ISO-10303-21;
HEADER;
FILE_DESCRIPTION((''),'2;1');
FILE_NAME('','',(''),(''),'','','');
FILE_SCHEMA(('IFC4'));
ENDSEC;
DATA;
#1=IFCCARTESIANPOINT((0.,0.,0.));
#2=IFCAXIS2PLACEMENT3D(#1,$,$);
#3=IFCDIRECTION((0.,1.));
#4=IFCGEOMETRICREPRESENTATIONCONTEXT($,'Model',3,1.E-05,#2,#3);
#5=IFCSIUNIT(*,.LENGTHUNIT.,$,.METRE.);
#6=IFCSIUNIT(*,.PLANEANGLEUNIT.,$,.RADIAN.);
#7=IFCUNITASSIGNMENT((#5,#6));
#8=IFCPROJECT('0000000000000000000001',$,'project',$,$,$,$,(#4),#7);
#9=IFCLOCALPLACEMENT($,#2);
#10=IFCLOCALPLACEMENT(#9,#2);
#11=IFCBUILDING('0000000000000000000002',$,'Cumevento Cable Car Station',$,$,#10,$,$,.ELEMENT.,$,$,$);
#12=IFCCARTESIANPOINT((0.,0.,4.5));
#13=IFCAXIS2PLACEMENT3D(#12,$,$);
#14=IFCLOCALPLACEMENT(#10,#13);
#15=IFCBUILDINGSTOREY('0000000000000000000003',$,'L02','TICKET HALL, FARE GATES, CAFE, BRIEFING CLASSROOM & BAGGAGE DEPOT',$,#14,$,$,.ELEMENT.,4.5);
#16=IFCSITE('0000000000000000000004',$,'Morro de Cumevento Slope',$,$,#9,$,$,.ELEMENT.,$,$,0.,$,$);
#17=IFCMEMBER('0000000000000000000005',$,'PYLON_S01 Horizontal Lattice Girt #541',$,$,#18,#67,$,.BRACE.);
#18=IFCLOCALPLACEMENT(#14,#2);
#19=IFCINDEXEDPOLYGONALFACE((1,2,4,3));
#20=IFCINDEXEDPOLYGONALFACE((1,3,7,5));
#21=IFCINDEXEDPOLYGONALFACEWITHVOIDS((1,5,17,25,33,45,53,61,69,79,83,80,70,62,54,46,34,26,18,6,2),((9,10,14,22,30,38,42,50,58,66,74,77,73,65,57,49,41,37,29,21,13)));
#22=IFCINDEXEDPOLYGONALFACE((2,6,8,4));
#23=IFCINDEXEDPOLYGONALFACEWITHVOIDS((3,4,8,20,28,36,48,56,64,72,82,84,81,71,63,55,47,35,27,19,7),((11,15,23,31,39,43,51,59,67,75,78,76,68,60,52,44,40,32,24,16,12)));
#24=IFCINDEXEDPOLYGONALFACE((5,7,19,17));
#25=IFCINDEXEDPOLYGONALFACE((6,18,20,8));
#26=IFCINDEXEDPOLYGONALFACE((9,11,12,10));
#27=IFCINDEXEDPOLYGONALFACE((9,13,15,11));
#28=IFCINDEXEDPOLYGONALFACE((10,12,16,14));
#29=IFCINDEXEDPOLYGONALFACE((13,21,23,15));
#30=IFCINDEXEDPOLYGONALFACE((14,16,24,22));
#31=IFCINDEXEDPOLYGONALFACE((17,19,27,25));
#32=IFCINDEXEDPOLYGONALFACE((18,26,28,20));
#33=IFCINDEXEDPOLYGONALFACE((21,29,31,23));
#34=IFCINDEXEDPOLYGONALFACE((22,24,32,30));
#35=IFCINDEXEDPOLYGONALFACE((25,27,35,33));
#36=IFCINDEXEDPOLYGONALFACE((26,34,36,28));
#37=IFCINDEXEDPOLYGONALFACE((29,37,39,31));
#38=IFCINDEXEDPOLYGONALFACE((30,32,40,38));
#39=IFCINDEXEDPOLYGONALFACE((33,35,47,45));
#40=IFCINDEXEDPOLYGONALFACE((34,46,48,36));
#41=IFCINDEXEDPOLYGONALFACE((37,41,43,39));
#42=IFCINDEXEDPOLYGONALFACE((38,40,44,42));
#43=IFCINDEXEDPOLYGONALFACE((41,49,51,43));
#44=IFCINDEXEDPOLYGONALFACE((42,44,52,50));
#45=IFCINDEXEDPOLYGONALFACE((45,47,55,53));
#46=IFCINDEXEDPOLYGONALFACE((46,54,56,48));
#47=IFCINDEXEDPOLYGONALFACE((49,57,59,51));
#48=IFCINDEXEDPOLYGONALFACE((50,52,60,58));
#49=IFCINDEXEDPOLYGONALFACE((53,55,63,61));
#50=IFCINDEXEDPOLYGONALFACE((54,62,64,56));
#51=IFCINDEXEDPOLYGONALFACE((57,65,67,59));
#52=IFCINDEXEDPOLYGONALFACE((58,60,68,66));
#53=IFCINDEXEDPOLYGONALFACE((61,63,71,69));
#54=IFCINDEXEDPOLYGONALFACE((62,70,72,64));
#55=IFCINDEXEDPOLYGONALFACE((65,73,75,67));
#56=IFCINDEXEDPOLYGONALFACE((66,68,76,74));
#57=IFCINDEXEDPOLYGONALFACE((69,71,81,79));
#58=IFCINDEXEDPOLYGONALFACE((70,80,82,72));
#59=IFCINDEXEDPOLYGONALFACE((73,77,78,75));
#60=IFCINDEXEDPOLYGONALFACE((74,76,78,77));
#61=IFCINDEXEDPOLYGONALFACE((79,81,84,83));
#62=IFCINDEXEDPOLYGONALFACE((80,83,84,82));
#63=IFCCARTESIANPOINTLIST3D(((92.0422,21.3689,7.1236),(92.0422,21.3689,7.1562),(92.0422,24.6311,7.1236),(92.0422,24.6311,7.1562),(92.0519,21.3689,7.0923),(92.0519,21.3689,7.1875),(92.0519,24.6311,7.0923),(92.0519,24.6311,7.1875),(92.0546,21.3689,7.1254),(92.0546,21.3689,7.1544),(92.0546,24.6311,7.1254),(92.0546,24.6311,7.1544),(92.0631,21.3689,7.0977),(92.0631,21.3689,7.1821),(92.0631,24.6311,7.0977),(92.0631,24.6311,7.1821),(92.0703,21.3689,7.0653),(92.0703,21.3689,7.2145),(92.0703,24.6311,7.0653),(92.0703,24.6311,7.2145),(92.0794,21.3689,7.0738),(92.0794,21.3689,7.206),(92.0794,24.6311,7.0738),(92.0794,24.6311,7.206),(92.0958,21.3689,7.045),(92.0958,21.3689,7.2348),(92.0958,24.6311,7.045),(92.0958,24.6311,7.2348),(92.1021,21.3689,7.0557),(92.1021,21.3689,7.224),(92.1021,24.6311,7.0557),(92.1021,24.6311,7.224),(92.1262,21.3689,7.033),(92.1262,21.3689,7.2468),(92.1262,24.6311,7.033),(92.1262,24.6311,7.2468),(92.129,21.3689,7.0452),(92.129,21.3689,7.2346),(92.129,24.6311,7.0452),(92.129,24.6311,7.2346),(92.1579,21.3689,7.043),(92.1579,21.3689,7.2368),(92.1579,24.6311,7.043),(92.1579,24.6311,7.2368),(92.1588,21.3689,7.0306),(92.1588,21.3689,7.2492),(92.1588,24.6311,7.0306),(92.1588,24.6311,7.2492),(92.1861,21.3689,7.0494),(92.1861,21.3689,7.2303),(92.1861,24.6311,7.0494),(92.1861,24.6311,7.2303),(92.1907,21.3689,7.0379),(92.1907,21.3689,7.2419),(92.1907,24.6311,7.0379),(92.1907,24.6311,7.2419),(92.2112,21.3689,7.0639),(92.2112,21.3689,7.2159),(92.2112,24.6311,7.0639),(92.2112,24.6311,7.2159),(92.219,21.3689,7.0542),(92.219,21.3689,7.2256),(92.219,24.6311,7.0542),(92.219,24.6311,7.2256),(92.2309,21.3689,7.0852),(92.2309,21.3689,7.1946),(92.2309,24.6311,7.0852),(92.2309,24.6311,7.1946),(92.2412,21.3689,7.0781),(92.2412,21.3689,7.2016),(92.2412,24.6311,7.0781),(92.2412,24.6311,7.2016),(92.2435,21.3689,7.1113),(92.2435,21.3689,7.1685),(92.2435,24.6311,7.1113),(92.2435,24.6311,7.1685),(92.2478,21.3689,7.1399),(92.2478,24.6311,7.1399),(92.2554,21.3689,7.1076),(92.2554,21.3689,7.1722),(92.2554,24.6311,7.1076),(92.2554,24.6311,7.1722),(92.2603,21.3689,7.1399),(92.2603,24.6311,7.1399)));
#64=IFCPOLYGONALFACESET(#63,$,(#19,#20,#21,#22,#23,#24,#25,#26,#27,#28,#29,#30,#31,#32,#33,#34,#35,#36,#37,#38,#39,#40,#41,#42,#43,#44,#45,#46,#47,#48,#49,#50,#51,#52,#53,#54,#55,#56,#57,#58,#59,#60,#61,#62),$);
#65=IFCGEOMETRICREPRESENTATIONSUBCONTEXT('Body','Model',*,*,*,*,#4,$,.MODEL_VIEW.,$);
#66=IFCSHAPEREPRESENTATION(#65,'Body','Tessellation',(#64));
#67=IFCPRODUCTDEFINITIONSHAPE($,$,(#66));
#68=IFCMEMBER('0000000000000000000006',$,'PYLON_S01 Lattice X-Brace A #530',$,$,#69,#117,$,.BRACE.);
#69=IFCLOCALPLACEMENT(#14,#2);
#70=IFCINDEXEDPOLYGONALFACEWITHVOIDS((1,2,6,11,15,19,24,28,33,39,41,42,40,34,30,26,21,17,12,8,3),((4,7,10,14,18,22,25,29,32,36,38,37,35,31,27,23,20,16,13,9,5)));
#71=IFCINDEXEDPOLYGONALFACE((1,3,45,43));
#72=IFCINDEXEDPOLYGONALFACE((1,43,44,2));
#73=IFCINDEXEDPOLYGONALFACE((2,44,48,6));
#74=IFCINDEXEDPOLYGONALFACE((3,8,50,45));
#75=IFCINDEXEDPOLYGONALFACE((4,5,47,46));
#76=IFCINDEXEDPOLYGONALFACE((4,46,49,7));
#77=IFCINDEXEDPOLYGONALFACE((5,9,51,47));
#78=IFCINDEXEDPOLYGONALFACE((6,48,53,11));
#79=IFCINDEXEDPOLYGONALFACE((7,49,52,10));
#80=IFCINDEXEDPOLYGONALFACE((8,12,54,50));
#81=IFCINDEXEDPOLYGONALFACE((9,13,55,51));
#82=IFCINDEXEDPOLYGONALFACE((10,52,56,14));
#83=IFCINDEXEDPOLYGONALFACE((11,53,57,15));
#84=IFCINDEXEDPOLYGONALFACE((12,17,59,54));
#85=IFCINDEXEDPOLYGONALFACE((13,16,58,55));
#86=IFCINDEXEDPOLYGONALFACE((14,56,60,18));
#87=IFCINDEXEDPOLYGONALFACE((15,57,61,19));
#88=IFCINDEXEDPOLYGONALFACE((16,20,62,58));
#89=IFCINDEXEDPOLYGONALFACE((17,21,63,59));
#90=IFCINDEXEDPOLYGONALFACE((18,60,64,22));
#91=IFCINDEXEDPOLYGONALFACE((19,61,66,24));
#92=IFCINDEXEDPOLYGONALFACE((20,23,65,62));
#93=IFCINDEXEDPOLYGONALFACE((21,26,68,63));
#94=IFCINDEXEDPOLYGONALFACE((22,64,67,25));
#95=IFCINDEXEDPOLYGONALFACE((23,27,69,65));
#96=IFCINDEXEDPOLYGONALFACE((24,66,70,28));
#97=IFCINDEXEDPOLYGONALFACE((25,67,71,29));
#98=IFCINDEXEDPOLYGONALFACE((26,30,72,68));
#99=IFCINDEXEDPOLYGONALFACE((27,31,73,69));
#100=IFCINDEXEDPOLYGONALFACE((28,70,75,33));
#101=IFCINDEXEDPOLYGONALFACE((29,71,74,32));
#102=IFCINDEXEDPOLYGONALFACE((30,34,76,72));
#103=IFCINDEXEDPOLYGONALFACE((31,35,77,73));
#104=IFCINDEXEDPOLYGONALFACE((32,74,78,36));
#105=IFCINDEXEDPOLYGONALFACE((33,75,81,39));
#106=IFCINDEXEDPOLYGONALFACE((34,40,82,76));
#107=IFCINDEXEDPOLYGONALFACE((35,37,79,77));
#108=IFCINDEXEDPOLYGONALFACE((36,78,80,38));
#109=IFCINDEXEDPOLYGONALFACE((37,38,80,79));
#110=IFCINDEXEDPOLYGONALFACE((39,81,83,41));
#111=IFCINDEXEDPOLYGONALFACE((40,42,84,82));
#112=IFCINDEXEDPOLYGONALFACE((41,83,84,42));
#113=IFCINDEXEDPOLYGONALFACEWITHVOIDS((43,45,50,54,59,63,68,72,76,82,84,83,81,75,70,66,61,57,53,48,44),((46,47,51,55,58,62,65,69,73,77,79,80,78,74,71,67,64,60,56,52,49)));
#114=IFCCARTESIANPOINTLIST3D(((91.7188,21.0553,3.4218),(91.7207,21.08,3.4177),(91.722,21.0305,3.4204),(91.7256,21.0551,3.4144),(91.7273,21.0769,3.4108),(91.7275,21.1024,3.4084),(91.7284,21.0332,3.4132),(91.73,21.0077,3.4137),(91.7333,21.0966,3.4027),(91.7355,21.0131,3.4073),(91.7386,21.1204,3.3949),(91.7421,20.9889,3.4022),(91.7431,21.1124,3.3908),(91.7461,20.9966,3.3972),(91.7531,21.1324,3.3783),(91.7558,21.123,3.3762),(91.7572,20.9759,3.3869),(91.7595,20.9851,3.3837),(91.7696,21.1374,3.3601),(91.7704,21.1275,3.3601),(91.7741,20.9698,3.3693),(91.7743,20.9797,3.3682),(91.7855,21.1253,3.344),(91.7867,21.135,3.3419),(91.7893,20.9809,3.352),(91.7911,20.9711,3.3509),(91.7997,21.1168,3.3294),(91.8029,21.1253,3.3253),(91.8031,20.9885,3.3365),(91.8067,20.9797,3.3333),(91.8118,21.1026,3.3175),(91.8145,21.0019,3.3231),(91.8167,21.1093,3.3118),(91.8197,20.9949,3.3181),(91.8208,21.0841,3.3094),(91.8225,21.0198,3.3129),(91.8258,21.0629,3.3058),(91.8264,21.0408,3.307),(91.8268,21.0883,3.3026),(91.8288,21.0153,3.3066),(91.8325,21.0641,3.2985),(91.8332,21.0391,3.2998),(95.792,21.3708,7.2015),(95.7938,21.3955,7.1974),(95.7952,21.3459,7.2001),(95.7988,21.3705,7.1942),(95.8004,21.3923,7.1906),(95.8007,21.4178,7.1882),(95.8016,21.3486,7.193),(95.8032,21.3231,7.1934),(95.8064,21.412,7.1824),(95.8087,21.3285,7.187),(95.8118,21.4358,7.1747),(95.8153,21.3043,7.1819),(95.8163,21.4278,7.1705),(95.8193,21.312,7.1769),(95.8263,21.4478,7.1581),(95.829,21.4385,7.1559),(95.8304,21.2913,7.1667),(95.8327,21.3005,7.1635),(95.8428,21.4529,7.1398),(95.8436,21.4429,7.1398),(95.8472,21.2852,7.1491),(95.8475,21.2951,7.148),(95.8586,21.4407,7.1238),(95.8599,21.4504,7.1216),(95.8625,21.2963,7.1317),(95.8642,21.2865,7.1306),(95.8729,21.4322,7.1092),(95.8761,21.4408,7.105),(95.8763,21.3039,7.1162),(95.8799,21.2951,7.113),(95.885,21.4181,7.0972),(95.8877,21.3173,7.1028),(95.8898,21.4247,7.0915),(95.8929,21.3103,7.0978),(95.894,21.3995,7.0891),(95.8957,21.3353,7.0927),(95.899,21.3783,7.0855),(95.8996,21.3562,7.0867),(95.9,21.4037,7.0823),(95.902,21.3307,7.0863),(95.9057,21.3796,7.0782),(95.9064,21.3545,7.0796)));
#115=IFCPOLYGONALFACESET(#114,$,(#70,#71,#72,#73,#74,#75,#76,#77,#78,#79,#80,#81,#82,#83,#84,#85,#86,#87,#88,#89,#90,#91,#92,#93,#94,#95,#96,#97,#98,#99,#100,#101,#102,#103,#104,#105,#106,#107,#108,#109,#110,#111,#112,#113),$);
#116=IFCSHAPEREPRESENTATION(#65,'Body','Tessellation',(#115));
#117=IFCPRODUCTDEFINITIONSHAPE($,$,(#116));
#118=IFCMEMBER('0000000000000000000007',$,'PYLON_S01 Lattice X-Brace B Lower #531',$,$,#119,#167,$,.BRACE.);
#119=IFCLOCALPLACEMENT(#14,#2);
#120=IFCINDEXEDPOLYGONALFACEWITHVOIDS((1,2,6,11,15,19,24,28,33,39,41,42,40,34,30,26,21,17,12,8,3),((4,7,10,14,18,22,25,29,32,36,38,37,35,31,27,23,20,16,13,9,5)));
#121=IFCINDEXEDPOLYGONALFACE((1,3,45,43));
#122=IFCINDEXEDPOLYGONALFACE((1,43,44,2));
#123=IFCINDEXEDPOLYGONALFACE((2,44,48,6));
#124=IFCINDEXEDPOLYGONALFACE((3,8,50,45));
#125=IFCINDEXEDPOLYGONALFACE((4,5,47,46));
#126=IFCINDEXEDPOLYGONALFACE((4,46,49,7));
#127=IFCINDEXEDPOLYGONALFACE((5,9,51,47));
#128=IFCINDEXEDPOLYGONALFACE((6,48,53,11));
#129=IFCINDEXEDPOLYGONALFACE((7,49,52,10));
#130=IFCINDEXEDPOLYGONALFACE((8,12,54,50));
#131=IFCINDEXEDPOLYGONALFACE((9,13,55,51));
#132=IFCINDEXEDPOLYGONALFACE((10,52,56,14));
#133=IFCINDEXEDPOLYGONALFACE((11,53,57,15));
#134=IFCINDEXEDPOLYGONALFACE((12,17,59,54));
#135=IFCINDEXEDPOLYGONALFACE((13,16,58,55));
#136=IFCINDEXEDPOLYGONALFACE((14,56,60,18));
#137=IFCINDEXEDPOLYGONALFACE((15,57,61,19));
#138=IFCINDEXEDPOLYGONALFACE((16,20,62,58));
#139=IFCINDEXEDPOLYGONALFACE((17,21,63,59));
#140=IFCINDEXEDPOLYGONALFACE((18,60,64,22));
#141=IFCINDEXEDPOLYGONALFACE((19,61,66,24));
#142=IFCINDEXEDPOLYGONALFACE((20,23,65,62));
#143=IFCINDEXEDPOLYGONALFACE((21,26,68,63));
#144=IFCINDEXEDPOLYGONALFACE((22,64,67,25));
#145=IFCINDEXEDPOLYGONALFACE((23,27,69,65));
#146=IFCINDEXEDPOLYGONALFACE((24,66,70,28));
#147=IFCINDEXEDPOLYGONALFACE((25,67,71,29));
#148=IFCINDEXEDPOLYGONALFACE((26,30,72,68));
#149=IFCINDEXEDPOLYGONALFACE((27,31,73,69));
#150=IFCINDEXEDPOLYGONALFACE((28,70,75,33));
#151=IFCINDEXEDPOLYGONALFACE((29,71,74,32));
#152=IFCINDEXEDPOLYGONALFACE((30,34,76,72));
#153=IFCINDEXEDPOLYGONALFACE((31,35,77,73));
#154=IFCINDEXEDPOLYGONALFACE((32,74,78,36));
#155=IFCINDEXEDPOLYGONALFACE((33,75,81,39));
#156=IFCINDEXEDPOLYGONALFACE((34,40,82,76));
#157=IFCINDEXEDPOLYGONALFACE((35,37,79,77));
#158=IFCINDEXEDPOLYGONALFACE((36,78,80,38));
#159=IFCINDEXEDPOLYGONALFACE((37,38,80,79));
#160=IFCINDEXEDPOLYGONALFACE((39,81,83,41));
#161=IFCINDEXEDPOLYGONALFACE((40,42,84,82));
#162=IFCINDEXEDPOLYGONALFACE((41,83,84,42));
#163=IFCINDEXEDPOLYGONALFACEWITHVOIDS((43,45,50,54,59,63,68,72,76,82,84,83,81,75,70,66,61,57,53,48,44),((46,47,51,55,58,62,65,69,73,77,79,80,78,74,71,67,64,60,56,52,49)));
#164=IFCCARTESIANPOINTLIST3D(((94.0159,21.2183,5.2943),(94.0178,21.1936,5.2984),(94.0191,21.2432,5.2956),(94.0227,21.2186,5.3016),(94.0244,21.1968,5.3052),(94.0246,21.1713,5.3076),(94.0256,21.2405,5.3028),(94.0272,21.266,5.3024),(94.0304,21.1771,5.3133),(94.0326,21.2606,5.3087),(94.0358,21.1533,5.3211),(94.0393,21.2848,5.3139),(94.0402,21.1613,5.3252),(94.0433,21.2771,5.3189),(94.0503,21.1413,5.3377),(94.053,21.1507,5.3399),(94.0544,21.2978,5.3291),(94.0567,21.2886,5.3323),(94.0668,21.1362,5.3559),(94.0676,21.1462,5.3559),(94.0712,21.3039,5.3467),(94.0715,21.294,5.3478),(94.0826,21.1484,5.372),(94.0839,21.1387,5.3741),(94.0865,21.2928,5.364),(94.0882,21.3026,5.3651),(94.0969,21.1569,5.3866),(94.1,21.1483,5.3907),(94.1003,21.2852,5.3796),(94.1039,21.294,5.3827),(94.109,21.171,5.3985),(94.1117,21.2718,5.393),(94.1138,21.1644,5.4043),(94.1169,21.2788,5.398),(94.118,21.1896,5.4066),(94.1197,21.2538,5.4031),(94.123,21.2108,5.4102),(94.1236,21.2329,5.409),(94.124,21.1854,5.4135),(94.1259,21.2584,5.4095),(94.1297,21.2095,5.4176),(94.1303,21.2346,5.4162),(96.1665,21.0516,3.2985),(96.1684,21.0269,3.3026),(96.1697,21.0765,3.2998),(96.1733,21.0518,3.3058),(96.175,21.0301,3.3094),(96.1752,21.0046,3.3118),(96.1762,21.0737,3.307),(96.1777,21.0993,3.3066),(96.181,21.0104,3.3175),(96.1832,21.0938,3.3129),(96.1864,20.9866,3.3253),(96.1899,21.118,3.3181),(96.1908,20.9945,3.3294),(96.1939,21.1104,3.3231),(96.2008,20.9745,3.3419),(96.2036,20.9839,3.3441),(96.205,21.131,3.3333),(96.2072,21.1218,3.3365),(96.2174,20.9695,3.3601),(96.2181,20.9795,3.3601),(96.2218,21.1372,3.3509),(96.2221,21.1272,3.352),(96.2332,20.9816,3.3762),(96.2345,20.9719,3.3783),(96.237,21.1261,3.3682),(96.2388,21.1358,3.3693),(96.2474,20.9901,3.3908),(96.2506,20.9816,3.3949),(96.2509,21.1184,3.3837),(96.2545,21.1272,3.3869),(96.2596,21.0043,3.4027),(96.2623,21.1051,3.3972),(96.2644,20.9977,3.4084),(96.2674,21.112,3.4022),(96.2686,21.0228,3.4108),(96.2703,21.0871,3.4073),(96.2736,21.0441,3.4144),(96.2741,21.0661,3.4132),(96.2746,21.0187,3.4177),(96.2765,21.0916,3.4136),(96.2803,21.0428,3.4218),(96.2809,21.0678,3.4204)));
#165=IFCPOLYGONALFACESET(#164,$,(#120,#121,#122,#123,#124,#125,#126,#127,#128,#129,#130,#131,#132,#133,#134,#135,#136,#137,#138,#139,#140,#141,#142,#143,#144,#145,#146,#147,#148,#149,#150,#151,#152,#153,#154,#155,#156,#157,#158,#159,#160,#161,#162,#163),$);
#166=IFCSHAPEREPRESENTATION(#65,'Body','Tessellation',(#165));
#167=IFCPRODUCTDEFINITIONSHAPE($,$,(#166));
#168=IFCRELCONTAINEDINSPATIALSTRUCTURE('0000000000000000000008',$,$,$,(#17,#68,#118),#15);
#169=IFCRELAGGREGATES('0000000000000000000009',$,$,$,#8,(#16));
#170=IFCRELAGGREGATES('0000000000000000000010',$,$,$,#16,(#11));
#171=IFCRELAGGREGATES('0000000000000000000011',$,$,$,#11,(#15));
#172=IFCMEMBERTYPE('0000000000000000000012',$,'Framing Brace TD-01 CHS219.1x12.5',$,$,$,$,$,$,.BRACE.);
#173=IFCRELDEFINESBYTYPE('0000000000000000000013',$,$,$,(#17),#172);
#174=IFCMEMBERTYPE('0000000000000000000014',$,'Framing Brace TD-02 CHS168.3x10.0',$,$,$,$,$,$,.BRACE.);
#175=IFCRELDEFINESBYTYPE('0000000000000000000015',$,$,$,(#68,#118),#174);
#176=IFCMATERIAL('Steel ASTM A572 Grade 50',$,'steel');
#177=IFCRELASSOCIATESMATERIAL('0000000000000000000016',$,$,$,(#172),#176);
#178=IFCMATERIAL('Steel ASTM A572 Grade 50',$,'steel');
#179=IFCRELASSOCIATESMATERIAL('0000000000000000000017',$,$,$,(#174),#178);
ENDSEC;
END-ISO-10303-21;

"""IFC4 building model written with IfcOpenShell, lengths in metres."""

from ifc_helpers import new_model, si_unit, direction, frame, origin, origin_2d, place, context, subcontext, project, spatial, hollow_circle, extrude, material, material_profile, profile_set, type_object, element, save


model = new_model("IFC4")

# Units and contexts
model_context = context("Model", 3, precision=1e-05, world=origin(), true_north=direction((0.0, 1.0)))
body_context = subcontext(model_context, "Body", "Model", "MODEL_VIEW")
ifc_project = project(units=[si_unit("LENGTHUNIT", "METRE"), si_unit("PLANEANGLEUNIT", "RADIAN")], contexts=[model_context])

# Site, building, storey
site_placement = place(None, origin())
site = spatial("IfcSite", under=ifc_project, at=site_placement, Name="Morro de Cumevento Slope", CompositionType="ELEMENT", RefElevation=0.0)
building_placement = place(site_placement, origin())
building = spatial("IfcBuilding", under=site, at=building_placement, Name="Cumevento Cable Car Station", CompositionType="ELEMENT")
storey_placement = place(building_placement, frame((0.0, 0.0, 4.5)))
storey = spatial("IfcBuildingStorey", under=building, at=storey_placement, Name="L02", Description="TICKET HALL, FARE GATES, CAFE, BRIEFING CLASSROOM & BAGGAGE DEPOT", CompositionType="ELEMENT", Elevation=4.5)

# Members
ifc_material_1 = material(Name="Steel ASTM A572 Grade 50", Category="steel")
ifc_material_profile_1 = material_profile(ifc_material_1, hollow_circle(Radius=0.1096, WallThickness=0.0125, at=origin_2d()), Name="CHS219.1x12.5")
ifc_profile_set_1 = profile_set([ifc_material_profile_1], Name="Steel ASTM A572 Grade 50")
member_type_1 = type_object("IfcMemberType", Name="Framing Brace TD-01 CHS219.1x12.5", PredefinedType="BRACE", material=ifc_profile_set_1)
member_1_placement = place(storey_placement, frame((92.1506, 24.6311, 7.1399), z_axis=(0.0, -1.0, 0.0), x_axis=(1.0, 0.0, 0.0)))
element("IfcMember", 1, at=member_1_placement, inside=storey, type_object=member_type_1, Name="PYLON_S01 Horizontal Lattice Girt #541", PredefinedType="BRACE", context=body_context, shape_type="SweptSolid", body=[
    extrude(hollow_circle(Radius=0.1096, WallThickness=0.0125, at=origin_2d()), origin(), (0.0, 0.0, 1.0), 3.2622),
])
ifc_material_2 = material(Name="Steel ASTM A572 Grade 50", Category="steel")
ifc_material_profile_2 = material_profile(ifc_material_2, hollow_circle(Radius=0.0842, WallThickness=0.01, at=origin_2d()), Name="CHS168.3x10.0")
ifc_profile_set_2 = profile_set([ifc_material_profile_2], Name="Steel ASTM A572 Grade 50")
member_type_2 = type_object("IfcMemberType", Name="Framing Brace TD-02 CHS168.3x10.0", PredefinedType="BRACE", material=ifc_profile_set_2)
member_2_placement = place(storey_placement, frame((91.7761, 21.0535, 3.3601), z_axis=(0.731841, 0.056673, 0.679115), x_axis=(-0.077208, 0.997015, 0.0)))
element("IfcMember", 2, at=member_2_placement, inside=storey, type_object=member_type_2, Name="PYLON_S01 Lattice X-Brace A #530", PredefinedType="BRACE", context=body_context, shape_type="SweptSolid", body=[
    extrude(hollow_circle(Radius=0.0842, WallThickness=0.01, at=origin_2d()), origin(), (0.0, 0.0, 1.0), 5.5657),
])
member_3_placement = place(storey_placement, frame((96.2239, 21.0535, 3.3601), z_axis=(-0.731811, 0.05674, 0.679141), x_axis=(-0.077302, -0.997008, 0.0)))
element("IfcMember", 3, at=member_3_placement, inside=storey, type_object=member_type_2, Name="PYLON_S01 Lattice X-Brace B Lower #531", PredefinedType="BRACE", context=body_context, shape_type="SweptSolid", body=[
    extrude(hollow_circle(Radius=0.0842, WallThickness=0.01, at=origin_2d()), origin(), (0.0, 0.0, 1.0), 2.9387),
])

save(model, "model.ifc")
